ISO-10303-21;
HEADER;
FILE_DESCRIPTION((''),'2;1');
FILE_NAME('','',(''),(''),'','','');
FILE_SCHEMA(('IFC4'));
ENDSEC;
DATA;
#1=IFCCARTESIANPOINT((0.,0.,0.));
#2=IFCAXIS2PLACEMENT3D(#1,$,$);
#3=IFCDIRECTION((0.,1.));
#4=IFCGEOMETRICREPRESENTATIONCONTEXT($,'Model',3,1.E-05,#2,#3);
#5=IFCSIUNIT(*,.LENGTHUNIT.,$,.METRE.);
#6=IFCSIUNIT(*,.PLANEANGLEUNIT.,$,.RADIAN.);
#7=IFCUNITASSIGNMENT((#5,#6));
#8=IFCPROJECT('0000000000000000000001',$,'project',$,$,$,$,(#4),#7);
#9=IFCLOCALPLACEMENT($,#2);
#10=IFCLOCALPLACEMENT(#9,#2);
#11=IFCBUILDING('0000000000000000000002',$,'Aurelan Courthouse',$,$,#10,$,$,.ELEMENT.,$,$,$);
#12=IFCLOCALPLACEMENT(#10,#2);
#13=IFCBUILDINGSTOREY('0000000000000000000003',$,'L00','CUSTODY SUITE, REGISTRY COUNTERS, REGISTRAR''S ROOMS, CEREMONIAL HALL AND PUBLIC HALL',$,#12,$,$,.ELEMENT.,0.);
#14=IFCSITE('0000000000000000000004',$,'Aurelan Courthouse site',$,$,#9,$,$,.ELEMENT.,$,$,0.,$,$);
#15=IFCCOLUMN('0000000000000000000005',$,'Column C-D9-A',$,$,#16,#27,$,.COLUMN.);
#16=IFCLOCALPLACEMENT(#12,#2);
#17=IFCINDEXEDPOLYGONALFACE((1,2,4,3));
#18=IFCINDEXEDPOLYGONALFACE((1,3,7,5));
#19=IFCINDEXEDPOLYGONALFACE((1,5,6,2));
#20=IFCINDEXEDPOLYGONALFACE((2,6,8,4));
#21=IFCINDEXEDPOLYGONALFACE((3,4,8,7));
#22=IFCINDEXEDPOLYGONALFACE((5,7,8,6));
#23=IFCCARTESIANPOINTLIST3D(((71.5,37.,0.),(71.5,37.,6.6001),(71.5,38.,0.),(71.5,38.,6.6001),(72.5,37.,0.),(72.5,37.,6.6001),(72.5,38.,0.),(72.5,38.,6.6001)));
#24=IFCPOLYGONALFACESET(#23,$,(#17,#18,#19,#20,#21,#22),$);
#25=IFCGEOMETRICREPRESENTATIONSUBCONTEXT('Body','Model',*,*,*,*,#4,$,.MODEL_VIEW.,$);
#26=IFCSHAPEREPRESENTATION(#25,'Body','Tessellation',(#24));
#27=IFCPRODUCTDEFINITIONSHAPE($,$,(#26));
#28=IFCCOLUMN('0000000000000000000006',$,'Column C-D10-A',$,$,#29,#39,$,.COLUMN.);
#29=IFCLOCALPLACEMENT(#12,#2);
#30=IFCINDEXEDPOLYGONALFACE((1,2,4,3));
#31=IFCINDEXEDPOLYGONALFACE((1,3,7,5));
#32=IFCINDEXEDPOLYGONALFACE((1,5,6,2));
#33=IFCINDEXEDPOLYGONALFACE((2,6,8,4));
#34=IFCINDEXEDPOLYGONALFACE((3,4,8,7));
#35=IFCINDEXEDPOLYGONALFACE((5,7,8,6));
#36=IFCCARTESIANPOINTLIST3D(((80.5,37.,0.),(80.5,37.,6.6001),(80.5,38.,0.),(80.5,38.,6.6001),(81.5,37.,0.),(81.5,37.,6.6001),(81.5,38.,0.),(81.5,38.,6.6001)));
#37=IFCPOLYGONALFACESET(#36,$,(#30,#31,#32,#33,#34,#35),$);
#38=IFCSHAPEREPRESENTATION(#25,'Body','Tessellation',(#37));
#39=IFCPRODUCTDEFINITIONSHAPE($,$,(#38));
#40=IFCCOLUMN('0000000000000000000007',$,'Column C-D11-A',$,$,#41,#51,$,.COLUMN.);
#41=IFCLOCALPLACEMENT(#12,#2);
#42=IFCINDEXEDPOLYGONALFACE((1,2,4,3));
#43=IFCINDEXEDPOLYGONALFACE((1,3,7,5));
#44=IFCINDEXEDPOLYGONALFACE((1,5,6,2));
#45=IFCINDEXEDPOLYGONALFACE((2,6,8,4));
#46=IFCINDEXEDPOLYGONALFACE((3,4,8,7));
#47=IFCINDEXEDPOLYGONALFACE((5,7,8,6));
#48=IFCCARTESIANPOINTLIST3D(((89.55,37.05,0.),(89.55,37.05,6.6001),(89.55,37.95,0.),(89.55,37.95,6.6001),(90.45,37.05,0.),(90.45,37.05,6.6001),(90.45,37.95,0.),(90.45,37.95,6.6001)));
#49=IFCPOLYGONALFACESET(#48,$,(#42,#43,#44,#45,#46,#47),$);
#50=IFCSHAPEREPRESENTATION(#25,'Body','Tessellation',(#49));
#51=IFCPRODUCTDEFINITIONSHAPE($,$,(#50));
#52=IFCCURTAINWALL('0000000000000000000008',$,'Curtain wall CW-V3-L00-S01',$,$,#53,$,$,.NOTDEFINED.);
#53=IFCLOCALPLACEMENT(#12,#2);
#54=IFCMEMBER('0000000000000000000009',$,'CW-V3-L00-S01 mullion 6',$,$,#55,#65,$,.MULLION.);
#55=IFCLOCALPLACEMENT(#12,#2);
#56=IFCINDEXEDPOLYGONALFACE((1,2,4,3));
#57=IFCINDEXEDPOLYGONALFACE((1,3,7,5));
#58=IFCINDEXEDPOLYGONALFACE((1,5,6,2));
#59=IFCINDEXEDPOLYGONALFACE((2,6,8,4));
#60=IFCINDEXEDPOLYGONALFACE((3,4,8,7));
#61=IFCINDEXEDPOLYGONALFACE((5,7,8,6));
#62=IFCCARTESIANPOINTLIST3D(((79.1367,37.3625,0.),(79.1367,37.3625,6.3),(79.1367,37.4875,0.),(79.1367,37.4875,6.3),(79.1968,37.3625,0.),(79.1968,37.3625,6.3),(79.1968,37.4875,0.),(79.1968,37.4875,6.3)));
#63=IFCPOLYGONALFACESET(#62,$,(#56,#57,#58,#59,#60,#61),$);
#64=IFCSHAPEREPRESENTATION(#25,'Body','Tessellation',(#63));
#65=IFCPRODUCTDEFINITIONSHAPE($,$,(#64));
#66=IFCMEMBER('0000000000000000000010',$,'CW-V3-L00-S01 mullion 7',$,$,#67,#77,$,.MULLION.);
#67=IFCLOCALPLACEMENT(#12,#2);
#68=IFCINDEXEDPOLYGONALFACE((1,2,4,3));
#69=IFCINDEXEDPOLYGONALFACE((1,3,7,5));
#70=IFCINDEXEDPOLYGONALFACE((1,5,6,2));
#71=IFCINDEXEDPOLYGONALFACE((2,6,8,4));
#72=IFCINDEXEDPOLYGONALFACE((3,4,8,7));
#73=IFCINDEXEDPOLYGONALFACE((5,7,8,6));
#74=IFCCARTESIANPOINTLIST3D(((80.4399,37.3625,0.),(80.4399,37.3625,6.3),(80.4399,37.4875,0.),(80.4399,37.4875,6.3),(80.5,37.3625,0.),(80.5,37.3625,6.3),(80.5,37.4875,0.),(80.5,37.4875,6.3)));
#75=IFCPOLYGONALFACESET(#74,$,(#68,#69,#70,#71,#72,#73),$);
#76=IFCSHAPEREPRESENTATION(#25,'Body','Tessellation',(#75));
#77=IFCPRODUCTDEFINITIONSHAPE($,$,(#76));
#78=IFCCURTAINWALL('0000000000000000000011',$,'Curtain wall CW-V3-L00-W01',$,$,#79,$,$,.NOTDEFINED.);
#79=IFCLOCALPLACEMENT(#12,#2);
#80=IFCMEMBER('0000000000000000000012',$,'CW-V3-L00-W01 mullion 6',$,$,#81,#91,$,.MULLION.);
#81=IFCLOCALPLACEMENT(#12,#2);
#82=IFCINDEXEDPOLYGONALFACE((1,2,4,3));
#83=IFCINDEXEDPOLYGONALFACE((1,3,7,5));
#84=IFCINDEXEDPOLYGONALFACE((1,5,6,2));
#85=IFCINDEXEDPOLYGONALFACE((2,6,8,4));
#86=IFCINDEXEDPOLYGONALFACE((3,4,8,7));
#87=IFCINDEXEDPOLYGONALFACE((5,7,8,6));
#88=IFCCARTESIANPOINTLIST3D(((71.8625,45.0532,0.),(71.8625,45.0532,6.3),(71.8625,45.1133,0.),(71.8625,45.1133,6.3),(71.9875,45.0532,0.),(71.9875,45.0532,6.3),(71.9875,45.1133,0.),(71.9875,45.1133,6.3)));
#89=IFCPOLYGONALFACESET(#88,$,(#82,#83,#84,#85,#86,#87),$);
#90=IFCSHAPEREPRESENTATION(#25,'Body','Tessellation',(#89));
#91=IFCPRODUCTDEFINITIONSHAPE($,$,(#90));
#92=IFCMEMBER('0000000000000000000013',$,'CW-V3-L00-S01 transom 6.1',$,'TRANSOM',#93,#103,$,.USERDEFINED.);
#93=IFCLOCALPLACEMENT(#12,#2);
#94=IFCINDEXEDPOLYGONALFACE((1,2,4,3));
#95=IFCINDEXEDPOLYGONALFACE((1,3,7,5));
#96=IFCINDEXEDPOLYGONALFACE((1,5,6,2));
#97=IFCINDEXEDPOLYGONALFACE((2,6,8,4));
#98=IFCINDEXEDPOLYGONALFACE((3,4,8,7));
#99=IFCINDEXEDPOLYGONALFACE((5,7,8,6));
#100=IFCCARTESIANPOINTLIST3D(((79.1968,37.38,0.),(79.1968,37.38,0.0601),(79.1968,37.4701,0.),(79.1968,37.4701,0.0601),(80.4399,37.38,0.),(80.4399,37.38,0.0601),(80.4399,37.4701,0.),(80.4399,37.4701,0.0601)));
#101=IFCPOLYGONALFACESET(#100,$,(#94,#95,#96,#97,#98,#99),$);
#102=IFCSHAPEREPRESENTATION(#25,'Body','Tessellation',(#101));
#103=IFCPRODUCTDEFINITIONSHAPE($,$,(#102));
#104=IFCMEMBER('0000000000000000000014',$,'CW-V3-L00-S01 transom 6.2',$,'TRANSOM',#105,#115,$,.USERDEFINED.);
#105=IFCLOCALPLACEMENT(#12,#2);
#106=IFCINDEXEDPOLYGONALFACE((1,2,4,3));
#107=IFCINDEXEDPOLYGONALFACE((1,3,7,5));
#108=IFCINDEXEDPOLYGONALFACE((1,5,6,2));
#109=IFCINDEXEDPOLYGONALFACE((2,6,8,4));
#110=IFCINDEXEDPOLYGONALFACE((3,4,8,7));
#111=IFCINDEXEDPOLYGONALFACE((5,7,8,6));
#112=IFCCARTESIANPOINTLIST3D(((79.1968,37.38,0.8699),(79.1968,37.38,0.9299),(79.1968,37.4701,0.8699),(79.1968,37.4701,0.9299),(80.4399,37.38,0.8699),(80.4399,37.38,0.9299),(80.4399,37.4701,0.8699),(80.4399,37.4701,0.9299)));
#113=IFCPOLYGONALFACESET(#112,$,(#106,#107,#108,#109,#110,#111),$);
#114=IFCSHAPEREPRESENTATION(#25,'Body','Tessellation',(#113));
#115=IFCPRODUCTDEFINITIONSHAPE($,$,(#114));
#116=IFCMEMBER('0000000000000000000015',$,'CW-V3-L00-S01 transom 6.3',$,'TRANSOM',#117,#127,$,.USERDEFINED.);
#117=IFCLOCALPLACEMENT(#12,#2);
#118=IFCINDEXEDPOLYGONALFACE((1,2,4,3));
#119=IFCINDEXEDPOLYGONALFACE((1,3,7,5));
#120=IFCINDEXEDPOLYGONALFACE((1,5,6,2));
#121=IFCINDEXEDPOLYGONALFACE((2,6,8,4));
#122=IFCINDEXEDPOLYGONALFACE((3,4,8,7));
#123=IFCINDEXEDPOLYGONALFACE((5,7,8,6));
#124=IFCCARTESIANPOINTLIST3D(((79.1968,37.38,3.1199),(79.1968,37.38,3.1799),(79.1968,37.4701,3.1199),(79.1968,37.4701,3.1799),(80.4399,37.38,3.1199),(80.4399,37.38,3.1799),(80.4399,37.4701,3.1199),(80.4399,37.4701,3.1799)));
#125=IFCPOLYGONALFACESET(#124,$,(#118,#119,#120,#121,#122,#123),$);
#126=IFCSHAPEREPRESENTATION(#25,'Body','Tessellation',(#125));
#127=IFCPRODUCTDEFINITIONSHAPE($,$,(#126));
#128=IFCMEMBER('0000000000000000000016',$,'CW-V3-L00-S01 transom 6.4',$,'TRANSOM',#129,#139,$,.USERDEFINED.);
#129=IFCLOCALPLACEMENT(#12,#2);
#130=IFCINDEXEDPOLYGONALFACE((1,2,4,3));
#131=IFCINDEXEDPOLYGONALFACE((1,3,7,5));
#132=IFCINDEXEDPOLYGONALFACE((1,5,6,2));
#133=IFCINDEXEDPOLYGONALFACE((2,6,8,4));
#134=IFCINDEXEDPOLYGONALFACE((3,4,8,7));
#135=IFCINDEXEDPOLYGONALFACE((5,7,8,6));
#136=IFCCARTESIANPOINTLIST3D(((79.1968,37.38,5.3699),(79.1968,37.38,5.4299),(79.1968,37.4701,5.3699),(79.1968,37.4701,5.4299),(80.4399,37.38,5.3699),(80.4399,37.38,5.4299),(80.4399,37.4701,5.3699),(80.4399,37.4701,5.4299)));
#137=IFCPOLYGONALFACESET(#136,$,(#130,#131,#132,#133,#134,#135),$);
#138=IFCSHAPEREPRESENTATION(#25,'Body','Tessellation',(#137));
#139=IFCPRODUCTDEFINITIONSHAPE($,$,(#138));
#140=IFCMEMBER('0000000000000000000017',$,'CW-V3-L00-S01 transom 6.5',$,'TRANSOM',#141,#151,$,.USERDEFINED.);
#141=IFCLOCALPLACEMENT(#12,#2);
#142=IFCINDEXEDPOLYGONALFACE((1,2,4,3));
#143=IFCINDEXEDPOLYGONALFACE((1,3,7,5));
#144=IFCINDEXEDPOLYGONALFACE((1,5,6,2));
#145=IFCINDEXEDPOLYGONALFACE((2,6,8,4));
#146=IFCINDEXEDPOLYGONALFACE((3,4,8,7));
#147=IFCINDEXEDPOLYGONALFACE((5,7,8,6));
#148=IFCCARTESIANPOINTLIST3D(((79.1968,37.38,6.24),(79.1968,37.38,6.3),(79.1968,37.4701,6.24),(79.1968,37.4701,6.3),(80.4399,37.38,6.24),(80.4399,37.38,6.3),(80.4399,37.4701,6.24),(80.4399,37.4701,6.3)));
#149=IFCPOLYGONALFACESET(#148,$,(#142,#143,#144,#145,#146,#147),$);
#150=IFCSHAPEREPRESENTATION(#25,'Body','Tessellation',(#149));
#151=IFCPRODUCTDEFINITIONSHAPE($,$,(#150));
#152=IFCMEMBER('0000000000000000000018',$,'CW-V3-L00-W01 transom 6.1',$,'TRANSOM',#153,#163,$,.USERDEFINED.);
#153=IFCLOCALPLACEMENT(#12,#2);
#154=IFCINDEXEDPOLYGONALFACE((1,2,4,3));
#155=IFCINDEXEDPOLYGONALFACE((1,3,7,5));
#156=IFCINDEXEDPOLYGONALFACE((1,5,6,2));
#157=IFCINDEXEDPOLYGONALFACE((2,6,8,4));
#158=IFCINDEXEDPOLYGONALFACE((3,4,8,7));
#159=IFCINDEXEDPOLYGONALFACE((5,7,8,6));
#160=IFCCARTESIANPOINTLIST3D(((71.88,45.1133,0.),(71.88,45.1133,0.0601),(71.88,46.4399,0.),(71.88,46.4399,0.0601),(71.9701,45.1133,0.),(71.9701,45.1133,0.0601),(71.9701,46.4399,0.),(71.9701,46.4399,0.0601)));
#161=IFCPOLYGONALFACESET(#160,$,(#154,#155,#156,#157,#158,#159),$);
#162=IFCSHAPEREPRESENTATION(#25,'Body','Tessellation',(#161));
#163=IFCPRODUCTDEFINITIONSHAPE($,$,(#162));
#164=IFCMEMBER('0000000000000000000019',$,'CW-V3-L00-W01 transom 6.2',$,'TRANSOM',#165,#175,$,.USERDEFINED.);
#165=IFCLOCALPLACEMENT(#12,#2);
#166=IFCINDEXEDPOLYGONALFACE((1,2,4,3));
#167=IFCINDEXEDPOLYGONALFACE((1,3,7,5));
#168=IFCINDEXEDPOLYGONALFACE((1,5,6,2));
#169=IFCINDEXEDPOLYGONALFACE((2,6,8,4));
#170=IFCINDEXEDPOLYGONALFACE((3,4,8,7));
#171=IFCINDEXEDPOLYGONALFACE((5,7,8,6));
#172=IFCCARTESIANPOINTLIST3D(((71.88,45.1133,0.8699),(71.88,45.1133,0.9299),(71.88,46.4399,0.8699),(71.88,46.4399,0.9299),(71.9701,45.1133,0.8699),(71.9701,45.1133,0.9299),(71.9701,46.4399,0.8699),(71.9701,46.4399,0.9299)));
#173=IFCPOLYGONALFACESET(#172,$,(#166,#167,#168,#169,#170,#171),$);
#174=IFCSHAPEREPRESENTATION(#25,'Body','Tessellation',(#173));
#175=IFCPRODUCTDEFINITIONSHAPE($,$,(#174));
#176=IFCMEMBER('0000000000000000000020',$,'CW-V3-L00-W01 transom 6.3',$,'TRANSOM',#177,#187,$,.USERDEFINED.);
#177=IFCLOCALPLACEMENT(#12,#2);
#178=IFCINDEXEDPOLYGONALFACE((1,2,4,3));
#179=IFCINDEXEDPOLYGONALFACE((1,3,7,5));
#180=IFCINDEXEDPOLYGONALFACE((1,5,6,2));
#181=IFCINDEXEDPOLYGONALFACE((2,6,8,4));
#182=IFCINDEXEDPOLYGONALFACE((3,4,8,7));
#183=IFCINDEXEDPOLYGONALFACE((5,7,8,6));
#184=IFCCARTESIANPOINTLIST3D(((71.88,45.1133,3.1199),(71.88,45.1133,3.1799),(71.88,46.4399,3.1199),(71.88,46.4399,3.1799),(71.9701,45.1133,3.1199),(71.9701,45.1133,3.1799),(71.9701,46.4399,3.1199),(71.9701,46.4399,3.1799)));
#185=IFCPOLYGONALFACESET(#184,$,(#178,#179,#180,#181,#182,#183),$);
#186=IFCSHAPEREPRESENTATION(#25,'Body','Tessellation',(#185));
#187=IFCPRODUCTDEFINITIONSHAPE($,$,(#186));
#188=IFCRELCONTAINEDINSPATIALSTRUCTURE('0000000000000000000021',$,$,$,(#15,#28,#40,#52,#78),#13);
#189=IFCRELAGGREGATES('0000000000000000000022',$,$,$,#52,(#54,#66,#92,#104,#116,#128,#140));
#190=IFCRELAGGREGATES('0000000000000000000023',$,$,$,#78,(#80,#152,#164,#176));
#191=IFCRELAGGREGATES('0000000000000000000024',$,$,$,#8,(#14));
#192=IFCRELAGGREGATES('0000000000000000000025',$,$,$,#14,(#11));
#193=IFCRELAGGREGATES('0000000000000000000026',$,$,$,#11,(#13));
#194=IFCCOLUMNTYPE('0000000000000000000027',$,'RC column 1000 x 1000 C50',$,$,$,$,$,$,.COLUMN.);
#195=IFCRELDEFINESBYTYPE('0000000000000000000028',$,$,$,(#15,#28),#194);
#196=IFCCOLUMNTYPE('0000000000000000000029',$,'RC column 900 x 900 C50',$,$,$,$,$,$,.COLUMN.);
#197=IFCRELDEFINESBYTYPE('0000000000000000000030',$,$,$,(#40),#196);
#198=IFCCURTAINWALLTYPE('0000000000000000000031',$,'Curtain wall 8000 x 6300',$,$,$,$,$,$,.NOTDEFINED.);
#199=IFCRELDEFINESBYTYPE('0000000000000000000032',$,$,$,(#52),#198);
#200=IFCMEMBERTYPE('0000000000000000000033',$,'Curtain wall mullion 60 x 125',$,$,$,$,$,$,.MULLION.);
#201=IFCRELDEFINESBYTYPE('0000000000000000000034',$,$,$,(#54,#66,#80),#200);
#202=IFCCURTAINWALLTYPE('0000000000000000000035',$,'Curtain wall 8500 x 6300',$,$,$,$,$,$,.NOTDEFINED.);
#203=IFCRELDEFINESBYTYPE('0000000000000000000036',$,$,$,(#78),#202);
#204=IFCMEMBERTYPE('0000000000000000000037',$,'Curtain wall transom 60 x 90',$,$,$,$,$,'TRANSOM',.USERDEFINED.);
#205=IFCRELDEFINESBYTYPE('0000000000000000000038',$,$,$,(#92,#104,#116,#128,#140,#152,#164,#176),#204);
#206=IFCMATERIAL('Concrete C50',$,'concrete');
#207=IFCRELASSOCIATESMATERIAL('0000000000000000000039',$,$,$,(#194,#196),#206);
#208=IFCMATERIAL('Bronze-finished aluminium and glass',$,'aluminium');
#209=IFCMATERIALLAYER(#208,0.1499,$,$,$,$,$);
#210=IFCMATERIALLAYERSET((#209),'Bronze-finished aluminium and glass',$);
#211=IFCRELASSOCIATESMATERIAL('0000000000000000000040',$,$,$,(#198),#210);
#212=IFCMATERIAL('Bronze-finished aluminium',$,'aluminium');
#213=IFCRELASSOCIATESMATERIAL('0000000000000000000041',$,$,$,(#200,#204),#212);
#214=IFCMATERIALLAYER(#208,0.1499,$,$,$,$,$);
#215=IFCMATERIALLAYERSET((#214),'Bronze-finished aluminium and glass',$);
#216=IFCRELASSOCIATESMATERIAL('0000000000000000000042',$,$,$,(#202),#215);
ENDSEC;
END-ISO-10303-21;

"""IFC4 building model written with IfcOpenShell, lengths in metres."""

from ifc_helpers import new_model, si_unit, direction, frame, origin, origin_2d, place, context, subcontext, project, spatial, rectangle, extrude, material, layer, layer_set, material_profile, profile_set, type_object, element, aggregate, save


model = new_model("IFC4")

# Units and contexts
model_context = context("Model", 3, precision=1e-05, world=origin(), true_north=direction((0.0, 1.0)))
body_context = subcontext(model_context, "Body", "Model", "MODEL_VIEW")
ifc_project = project(units=[si_unit("LENGTHUNIT", "METRE"), si_unit("PLANEANGLEUNIT", "RADIAN")], contexts=[model_context])

# Site, building, storey
site_placement = place(None, origin())
site = spatial("IfcSite", under=ifc_project, at=site_placement, Name="Aurelan Courthouse site", CompositionType="ELEMENT", RefElevation=0.0)
building_placement = place(site_placement, origin())
building = spatial("IfcBuilding", under=site, at=building_placement, Name="Aurelan Courthouse", CompositionType="ELEMENT")
storey_placement = place(building_placement, origin())
storey = spatial("IfcBuildingStorey", under=building, at=storey_placement, Name="L00", Description="CUSTODY SUITE, REGISTRY COUNTERS, REGISTRAR'S ROOMS, CEREMONIAL HALL AND PUBLIC HALL", CompositionType="ELEMENT", Elevation=0.0)

# Columns
ifc_material_1 = material(Name="Concrete C50", Category="concrete")
ifc_material_profile_1 = material_profile(ifc_material_1, rectangle(XDim=1.0, YDim=1.0, at=origin_2d()), Name="RC 1000 x 1000")
ifc_profile_set_1 = profile_set([ifc_material_profile_1], Name="Concrete C50")
column_type_1 = type_object("IfcColumnType", Name="RC column 1000 x 1000 C50", PredefinedType="COLUMN", material=ifc_profile_set_1)
for number, where, z_axis, x_axis, name in (
    (1, (72.0, 37.5, 0.0), (0.0, 0.0, 1.0), (1.0, 0.0, 0.0), "Column C-D9-A"),
    (2, (81.0, 37.5, 0.0), (0.0, 0.0, 1.0), (1.0, 0.0, 0.0), "Column C-D10-A"),
):
    element("IfcColumn", number, at=place(storey_placement, frame(where, z_axis=z_axis, x_axis=x_axis)), inside=storey, type_object=column_type_1, Name=name, PredefinedType="COLUMN", context=body_context, shape_type="SweptSolid", body=[
        extrude(rectangle(XDim=1.0, YDim=1.0, at=origin_2d()), origin(), (0.0, 0.0, 1.0), 6.6001),
    ])
ifc_material_profile_2 = material_profile(ifc_material_1, rectangle(XDim=0.8999, YDim=0.8999, at=origin_2d()), Name="RC 900 x 900")
ifc_profile_set_2 = profile_set([ifc_material_profile_2], Name="Concrete C50")
column_type_2 = type_object("IfcColumnType", Name="RC column 900 x 900 C50", PredefinedType="COLUMN", material=ifc_profile_set_2)
column_placement = place(storey_placement, frame((90.0, 37.5, 0.0), z_axis=(0.0, 0.0, 1.0), x_axis=(1.0, 0.0, 0.0)))
element("IfcColumn", 3, at=column_placement, inside=storey, type_object=column_type_2, Name="Column C-D11-A", PredefinedType="COLUMN", context=body_context, shape_type="SweptSolid", body=[
    extrude(rectangle(XDim=0.8999, YDim=0.8999, at=origin_2d()), origin(), (0.0, 0.0, 1.0), 6.6001),
])

# Curtain wall, members
ifc_material_2 = material(Name="Bronze-finished aluminium and glass", Category="aluminium")
ifc_layer_1 = layer(ifc_material_2, 0.1499)
ifc_layer_set_1 = layer_set([ifc_layer_1], Name="Bronze-finished aluminium and glass")
curtain_wall_type_1 = type_object("IfcCurtainWallType", Name="Curtain wall 8000 x 6300", PredefinedType="NOTDEFINED", material=ifc_layer_set_1)
curtain_wall_1_placement = place(storey_placement, origin())
curtain_wall_1 = element("IfcCurtainWall", 4, at=curtain_wall_1_placement, inside=storey, type_object=curtain_wall_type_1, Name="Curtain wall CW-V3-L00-S01", PredefinedType="NOTDEFINED")
ifc_material_3 = material(Name="Bronze-finished aluminium", Category="aluminium")
ifc_material_profile_3 = material_profile(ifc_material_3, rectangle(XDim=0.125, YDim=0.0601, at=origin_2d()), Name="Bronze mullion 60 x 125")
ifc_profile_set_3 = profile_set([ifc_material_profile_3], Name="Bronze-finished aluminium")
member_type_1 = type_object("IfcMemberType", Name="Curtain wall mullion 60 x 125", PredefinedType="MULLION", material=ifc_profile_set_3)
member_1_placement = place(storey_placement, frame((79.1667, 37.425, 0.0), z_axis=(0.0, 0.0, 1.0), x_axis=(0.0, 1.0, 0.0)))
member_1 = element("IfcMember", 5, at=member_1_placement, type_object=member_type_1, Name="CW-V3-L00-S01 mullion 6", PredefinedType="MULLION", context=body_context, shape_type="SweptSolid", body=[
    extrude(rectangle(XDim=0.125, YDim=0.0601, at=origin_2d()), origin(), (0.0, 0.0, 1.0), 6.3),
])
member_2_placement = place(storey_placement, frame((80.47, 37.425, 0.0), z_axis=(0.0, 0.0, 1.0), x_axis=(0.0, 1.0, 0.0)))
member_2 = element("IfcMember", 6, at=member_2_placement, type_object=member_type_1, Name="CW-V3-L00-S01 mullion 7", PredefinedType="MULLION", context=body_context, shape_type="SweptSolid", body=[
    extrude(rectangle(XDim=0.125, YDim=0.0601, at=origin_2d()), origin(), (0.0, 0.0, 1.0), 6.3),
])

# Curtain wall, member
ifc_layer_2 = layer(ifc_material_2, 0.1499)
ifc_layer_set_2 = layer_set([ifc_layer_2], Name="Bronze-finished aluminium and glass")
curtain_wall_type_2 = type_object("IfcCurtainWallType", Name="Curtain wall 8500 x 6300", PredefinedType="NOTDEFINED", material=ifc_layer_set_2)
curtain_wall_2_placement = place(storey_placement, origin())
curtain_wall_2 = element("IfcCurtainWall", 7, at=curtain_wall_2_placement, inside=storey, type_object=curtain_wall_type_2, Name="Curtain wall CW-V3-L00-W01", PredefinedType="NOTDEFINED")
member_3_placement = place(storey_placement, frame((71.925, 45.0833, 0.0), z_axis=(0.0, 0.0, 1.0), x_axis=(-1.0, 0.0, 0.0)))
member_3 = element("IfcMember", 8, at=member_3_placement, type_object=member_type_1, Name="CW-V3-L00-W01 mullion 6", PredefinedType="MULLION", context=body_context, shape_type="SweptSolid", body=[
    extrude(rectangle(XDim=0.125, YDim=0.0601, at=origin_2d()), origin(), (0.0, 0.0, 1.0), 6.3),
])

# Members
ifc_material_profile_4 = material_profile(ifc_material_3, rectangle(XDim=0.0901, YDim=0.0601, at=origin_2d()), Name="Bronze transom 60 x 90")
ifc_profile_set_4 = profile_set([ifc_material_profile_4], Name="Bronze-finished aluminium")
member_type_2 = type_object("IfcMemberType", Name="Curtain wall transom 60 x 90", ElementType="TRANSOM", PredefinedType="USERDEFINED", material=ifc_profile_set_4)
member_4_placement = place(storey_placement, frame((79.1968, 37.425, 0.03), z_axis=(1.0, 0.0, 0.0), x_axis=(0.0, 1.0, 0.0)))
member_4 = element("IfcMember", 9, at=member_4_placement, type_object=member_type_2, Name="CW-V3-L00-S01 transom 6.1", ObjectType="TRANSOM", PredefinedType="USERDEFINED", context=body_context, shape_type="SweptSolid", body=[
    extrude(rectangle(XDim=0.0901, YDim=0.0601, at=origin_2d()), origin(), (0.0, 0.0, 1.0), 1.2432),
])
member_5_placement = place(storey_placement, frame((79.1968, 37.425, 0.8999), z_axis=(1.0, 0.0, 0.0), x_axis=(0.0, 1.0, 0.0)))
member_5 = element("IfcMember", 10, at=member_5_placement, type_object=member_type_2, Name="CW-V3-L00-S01 transom 6.2", ObjectType="TRANSOM", PredefinedType="USERDEFINED", context=body_context, shape_type="SweptSolid", body=[
    extrude(rectangle(XDim=0.0901, YDim=0.0601, at=origin_2d()), origin(), (0.0, 0.0, 1.0), 1.2432),
])
member_6_placement = place(storey_placement, frame((79.1968, 37.425, 3.1499), z_axis=(1.0, 0.0, 0.0), x_axis=(0.0, 1.0, 0.0)))
member_6 = element("IfcMember", 11, at=member_6_placement, type_object=member_type_2, Name="CW-V3-L00-S01 transom 6.3", ObjectType="TRANSOM", PredefinedType="USERDEFINED", context=body_context, shape_type="SweptSolid", body=[
    extrude(rectangle(XDim=0.0901, YDim=0.0601, at=origin_2d()), origin(), (0.0, 0.0, 1.0), 1.2432),
])
member_7_placement = place(storey_placement, frame((79.1968, 37.425, 5.3999), z_axis=(1.0, 0.0, 0.0), x_axis=(0.0, 1.0, 0.0)))
member_7 = element("IfcMember", 12, at=member_7_placement, type_object=member_type_2, Name="CW-V3-L00-S01 transom 6.4", ObjectType="TRANSOM", PredefinedType="USERDEFINED", context=body_context, shape_type="SweptSolid", body=[
    extrude(rectangle(XDim=0.0901, YDim=0.0601, at=origin_2d()), origin(), (0.0, 0.0, 1.0), 1.2432),
])
member_8_placement = place(storey_placement, frame((79.1968, 37.425, 6.27), z_axis=(1.0, 0.0, 0.0), x_axis=(0.0, 1.0, 0.0)))
member_8 = element("IfcMember", 13, at=member_8_placement, type_object=member_type_2, Name="CW-V3-L00-S01 transom 6.5", ObjectType="TRANSOM", PredefinedType="USERDEFINED", context=body_context, shape_type="SweptSolid", body=[
    extrude(rectangle(XDim=0.0901, YDim=0.0601, at=origin_2d()), origin(), (0.0, 0.0, 1.0), 1.2432),
])
member_9_placement = place(storey_placement, frame((71.925, 45.1133, 0.03), z_axis=(0.0, 1.0, 0.0), x_axis=(-1.0, 0.0, 0.0)))
member_9 = element("IfcMember", 14, at=member_9_placement, type_object=member_type_2, Name="CW-V3-L00-W01 transom 6.1", ObjectType="TRANSOM", PredefinedType="USERDEFINED", context=body_context, shape_type="SweptSolid", body=[
    extrude(rectangle(XDim=0.0901, YDim=0.0601, at=origin_2d()), origin(), (0.0, 0.0, 1.0), 1.3267),
])
member_10_placement = place(storey_placement, frame((71.925, 45.1133, 0.8999), z_axis=(0.0, 1.0, 0.0), x_axis=(-1.0, 0.0, 0.0)))
member_10 = element("IfcMember", 15, at=member_10_placement, type_object=member_type_2, Name="CW-V3-L00-W01 transom 6.2", ObjectType="TRANSOM", PredefinedType="USERDEFINED", context=body_context, shape_type="SweptSolid", body=[
    extrude(rectangle(XDim=0.0901, YDim=0.0601, at=origin_2d()), origin(), (0.0, 0.0, 1.0), 1.3267),
])
member_11_placement = place(storey_placement, frame((71.925, 45.1133, 3.1499), z_axis=(0.0, 1.0, 0.0), x_axis=(-1.0, 0.0, 0.0)))
member_11 = element("IfcMember", 16, at=member_11_placement, type_object=member_type_2, Name="CW-V3-L00-W01 transom 6.3", ObjectType="TRANSOM", PredefinedType="USERDEFINED", context=body_context, shape_type="SweptSolid", body=[
    extrude(rectangle(XDim=0.0901, YDim=0.0601, at=origin_2d()), origin(), (0.0, 0.0, 1.0), 1.3267),
])

aggregate(curtain_wall_1, [member_1, member_2, member_4, member_5, member_6, member_7, member_8])
aggregate(curtain_wall_2, [member_3, member_9, member_10, member_11])

save(model, "model.ifc")
